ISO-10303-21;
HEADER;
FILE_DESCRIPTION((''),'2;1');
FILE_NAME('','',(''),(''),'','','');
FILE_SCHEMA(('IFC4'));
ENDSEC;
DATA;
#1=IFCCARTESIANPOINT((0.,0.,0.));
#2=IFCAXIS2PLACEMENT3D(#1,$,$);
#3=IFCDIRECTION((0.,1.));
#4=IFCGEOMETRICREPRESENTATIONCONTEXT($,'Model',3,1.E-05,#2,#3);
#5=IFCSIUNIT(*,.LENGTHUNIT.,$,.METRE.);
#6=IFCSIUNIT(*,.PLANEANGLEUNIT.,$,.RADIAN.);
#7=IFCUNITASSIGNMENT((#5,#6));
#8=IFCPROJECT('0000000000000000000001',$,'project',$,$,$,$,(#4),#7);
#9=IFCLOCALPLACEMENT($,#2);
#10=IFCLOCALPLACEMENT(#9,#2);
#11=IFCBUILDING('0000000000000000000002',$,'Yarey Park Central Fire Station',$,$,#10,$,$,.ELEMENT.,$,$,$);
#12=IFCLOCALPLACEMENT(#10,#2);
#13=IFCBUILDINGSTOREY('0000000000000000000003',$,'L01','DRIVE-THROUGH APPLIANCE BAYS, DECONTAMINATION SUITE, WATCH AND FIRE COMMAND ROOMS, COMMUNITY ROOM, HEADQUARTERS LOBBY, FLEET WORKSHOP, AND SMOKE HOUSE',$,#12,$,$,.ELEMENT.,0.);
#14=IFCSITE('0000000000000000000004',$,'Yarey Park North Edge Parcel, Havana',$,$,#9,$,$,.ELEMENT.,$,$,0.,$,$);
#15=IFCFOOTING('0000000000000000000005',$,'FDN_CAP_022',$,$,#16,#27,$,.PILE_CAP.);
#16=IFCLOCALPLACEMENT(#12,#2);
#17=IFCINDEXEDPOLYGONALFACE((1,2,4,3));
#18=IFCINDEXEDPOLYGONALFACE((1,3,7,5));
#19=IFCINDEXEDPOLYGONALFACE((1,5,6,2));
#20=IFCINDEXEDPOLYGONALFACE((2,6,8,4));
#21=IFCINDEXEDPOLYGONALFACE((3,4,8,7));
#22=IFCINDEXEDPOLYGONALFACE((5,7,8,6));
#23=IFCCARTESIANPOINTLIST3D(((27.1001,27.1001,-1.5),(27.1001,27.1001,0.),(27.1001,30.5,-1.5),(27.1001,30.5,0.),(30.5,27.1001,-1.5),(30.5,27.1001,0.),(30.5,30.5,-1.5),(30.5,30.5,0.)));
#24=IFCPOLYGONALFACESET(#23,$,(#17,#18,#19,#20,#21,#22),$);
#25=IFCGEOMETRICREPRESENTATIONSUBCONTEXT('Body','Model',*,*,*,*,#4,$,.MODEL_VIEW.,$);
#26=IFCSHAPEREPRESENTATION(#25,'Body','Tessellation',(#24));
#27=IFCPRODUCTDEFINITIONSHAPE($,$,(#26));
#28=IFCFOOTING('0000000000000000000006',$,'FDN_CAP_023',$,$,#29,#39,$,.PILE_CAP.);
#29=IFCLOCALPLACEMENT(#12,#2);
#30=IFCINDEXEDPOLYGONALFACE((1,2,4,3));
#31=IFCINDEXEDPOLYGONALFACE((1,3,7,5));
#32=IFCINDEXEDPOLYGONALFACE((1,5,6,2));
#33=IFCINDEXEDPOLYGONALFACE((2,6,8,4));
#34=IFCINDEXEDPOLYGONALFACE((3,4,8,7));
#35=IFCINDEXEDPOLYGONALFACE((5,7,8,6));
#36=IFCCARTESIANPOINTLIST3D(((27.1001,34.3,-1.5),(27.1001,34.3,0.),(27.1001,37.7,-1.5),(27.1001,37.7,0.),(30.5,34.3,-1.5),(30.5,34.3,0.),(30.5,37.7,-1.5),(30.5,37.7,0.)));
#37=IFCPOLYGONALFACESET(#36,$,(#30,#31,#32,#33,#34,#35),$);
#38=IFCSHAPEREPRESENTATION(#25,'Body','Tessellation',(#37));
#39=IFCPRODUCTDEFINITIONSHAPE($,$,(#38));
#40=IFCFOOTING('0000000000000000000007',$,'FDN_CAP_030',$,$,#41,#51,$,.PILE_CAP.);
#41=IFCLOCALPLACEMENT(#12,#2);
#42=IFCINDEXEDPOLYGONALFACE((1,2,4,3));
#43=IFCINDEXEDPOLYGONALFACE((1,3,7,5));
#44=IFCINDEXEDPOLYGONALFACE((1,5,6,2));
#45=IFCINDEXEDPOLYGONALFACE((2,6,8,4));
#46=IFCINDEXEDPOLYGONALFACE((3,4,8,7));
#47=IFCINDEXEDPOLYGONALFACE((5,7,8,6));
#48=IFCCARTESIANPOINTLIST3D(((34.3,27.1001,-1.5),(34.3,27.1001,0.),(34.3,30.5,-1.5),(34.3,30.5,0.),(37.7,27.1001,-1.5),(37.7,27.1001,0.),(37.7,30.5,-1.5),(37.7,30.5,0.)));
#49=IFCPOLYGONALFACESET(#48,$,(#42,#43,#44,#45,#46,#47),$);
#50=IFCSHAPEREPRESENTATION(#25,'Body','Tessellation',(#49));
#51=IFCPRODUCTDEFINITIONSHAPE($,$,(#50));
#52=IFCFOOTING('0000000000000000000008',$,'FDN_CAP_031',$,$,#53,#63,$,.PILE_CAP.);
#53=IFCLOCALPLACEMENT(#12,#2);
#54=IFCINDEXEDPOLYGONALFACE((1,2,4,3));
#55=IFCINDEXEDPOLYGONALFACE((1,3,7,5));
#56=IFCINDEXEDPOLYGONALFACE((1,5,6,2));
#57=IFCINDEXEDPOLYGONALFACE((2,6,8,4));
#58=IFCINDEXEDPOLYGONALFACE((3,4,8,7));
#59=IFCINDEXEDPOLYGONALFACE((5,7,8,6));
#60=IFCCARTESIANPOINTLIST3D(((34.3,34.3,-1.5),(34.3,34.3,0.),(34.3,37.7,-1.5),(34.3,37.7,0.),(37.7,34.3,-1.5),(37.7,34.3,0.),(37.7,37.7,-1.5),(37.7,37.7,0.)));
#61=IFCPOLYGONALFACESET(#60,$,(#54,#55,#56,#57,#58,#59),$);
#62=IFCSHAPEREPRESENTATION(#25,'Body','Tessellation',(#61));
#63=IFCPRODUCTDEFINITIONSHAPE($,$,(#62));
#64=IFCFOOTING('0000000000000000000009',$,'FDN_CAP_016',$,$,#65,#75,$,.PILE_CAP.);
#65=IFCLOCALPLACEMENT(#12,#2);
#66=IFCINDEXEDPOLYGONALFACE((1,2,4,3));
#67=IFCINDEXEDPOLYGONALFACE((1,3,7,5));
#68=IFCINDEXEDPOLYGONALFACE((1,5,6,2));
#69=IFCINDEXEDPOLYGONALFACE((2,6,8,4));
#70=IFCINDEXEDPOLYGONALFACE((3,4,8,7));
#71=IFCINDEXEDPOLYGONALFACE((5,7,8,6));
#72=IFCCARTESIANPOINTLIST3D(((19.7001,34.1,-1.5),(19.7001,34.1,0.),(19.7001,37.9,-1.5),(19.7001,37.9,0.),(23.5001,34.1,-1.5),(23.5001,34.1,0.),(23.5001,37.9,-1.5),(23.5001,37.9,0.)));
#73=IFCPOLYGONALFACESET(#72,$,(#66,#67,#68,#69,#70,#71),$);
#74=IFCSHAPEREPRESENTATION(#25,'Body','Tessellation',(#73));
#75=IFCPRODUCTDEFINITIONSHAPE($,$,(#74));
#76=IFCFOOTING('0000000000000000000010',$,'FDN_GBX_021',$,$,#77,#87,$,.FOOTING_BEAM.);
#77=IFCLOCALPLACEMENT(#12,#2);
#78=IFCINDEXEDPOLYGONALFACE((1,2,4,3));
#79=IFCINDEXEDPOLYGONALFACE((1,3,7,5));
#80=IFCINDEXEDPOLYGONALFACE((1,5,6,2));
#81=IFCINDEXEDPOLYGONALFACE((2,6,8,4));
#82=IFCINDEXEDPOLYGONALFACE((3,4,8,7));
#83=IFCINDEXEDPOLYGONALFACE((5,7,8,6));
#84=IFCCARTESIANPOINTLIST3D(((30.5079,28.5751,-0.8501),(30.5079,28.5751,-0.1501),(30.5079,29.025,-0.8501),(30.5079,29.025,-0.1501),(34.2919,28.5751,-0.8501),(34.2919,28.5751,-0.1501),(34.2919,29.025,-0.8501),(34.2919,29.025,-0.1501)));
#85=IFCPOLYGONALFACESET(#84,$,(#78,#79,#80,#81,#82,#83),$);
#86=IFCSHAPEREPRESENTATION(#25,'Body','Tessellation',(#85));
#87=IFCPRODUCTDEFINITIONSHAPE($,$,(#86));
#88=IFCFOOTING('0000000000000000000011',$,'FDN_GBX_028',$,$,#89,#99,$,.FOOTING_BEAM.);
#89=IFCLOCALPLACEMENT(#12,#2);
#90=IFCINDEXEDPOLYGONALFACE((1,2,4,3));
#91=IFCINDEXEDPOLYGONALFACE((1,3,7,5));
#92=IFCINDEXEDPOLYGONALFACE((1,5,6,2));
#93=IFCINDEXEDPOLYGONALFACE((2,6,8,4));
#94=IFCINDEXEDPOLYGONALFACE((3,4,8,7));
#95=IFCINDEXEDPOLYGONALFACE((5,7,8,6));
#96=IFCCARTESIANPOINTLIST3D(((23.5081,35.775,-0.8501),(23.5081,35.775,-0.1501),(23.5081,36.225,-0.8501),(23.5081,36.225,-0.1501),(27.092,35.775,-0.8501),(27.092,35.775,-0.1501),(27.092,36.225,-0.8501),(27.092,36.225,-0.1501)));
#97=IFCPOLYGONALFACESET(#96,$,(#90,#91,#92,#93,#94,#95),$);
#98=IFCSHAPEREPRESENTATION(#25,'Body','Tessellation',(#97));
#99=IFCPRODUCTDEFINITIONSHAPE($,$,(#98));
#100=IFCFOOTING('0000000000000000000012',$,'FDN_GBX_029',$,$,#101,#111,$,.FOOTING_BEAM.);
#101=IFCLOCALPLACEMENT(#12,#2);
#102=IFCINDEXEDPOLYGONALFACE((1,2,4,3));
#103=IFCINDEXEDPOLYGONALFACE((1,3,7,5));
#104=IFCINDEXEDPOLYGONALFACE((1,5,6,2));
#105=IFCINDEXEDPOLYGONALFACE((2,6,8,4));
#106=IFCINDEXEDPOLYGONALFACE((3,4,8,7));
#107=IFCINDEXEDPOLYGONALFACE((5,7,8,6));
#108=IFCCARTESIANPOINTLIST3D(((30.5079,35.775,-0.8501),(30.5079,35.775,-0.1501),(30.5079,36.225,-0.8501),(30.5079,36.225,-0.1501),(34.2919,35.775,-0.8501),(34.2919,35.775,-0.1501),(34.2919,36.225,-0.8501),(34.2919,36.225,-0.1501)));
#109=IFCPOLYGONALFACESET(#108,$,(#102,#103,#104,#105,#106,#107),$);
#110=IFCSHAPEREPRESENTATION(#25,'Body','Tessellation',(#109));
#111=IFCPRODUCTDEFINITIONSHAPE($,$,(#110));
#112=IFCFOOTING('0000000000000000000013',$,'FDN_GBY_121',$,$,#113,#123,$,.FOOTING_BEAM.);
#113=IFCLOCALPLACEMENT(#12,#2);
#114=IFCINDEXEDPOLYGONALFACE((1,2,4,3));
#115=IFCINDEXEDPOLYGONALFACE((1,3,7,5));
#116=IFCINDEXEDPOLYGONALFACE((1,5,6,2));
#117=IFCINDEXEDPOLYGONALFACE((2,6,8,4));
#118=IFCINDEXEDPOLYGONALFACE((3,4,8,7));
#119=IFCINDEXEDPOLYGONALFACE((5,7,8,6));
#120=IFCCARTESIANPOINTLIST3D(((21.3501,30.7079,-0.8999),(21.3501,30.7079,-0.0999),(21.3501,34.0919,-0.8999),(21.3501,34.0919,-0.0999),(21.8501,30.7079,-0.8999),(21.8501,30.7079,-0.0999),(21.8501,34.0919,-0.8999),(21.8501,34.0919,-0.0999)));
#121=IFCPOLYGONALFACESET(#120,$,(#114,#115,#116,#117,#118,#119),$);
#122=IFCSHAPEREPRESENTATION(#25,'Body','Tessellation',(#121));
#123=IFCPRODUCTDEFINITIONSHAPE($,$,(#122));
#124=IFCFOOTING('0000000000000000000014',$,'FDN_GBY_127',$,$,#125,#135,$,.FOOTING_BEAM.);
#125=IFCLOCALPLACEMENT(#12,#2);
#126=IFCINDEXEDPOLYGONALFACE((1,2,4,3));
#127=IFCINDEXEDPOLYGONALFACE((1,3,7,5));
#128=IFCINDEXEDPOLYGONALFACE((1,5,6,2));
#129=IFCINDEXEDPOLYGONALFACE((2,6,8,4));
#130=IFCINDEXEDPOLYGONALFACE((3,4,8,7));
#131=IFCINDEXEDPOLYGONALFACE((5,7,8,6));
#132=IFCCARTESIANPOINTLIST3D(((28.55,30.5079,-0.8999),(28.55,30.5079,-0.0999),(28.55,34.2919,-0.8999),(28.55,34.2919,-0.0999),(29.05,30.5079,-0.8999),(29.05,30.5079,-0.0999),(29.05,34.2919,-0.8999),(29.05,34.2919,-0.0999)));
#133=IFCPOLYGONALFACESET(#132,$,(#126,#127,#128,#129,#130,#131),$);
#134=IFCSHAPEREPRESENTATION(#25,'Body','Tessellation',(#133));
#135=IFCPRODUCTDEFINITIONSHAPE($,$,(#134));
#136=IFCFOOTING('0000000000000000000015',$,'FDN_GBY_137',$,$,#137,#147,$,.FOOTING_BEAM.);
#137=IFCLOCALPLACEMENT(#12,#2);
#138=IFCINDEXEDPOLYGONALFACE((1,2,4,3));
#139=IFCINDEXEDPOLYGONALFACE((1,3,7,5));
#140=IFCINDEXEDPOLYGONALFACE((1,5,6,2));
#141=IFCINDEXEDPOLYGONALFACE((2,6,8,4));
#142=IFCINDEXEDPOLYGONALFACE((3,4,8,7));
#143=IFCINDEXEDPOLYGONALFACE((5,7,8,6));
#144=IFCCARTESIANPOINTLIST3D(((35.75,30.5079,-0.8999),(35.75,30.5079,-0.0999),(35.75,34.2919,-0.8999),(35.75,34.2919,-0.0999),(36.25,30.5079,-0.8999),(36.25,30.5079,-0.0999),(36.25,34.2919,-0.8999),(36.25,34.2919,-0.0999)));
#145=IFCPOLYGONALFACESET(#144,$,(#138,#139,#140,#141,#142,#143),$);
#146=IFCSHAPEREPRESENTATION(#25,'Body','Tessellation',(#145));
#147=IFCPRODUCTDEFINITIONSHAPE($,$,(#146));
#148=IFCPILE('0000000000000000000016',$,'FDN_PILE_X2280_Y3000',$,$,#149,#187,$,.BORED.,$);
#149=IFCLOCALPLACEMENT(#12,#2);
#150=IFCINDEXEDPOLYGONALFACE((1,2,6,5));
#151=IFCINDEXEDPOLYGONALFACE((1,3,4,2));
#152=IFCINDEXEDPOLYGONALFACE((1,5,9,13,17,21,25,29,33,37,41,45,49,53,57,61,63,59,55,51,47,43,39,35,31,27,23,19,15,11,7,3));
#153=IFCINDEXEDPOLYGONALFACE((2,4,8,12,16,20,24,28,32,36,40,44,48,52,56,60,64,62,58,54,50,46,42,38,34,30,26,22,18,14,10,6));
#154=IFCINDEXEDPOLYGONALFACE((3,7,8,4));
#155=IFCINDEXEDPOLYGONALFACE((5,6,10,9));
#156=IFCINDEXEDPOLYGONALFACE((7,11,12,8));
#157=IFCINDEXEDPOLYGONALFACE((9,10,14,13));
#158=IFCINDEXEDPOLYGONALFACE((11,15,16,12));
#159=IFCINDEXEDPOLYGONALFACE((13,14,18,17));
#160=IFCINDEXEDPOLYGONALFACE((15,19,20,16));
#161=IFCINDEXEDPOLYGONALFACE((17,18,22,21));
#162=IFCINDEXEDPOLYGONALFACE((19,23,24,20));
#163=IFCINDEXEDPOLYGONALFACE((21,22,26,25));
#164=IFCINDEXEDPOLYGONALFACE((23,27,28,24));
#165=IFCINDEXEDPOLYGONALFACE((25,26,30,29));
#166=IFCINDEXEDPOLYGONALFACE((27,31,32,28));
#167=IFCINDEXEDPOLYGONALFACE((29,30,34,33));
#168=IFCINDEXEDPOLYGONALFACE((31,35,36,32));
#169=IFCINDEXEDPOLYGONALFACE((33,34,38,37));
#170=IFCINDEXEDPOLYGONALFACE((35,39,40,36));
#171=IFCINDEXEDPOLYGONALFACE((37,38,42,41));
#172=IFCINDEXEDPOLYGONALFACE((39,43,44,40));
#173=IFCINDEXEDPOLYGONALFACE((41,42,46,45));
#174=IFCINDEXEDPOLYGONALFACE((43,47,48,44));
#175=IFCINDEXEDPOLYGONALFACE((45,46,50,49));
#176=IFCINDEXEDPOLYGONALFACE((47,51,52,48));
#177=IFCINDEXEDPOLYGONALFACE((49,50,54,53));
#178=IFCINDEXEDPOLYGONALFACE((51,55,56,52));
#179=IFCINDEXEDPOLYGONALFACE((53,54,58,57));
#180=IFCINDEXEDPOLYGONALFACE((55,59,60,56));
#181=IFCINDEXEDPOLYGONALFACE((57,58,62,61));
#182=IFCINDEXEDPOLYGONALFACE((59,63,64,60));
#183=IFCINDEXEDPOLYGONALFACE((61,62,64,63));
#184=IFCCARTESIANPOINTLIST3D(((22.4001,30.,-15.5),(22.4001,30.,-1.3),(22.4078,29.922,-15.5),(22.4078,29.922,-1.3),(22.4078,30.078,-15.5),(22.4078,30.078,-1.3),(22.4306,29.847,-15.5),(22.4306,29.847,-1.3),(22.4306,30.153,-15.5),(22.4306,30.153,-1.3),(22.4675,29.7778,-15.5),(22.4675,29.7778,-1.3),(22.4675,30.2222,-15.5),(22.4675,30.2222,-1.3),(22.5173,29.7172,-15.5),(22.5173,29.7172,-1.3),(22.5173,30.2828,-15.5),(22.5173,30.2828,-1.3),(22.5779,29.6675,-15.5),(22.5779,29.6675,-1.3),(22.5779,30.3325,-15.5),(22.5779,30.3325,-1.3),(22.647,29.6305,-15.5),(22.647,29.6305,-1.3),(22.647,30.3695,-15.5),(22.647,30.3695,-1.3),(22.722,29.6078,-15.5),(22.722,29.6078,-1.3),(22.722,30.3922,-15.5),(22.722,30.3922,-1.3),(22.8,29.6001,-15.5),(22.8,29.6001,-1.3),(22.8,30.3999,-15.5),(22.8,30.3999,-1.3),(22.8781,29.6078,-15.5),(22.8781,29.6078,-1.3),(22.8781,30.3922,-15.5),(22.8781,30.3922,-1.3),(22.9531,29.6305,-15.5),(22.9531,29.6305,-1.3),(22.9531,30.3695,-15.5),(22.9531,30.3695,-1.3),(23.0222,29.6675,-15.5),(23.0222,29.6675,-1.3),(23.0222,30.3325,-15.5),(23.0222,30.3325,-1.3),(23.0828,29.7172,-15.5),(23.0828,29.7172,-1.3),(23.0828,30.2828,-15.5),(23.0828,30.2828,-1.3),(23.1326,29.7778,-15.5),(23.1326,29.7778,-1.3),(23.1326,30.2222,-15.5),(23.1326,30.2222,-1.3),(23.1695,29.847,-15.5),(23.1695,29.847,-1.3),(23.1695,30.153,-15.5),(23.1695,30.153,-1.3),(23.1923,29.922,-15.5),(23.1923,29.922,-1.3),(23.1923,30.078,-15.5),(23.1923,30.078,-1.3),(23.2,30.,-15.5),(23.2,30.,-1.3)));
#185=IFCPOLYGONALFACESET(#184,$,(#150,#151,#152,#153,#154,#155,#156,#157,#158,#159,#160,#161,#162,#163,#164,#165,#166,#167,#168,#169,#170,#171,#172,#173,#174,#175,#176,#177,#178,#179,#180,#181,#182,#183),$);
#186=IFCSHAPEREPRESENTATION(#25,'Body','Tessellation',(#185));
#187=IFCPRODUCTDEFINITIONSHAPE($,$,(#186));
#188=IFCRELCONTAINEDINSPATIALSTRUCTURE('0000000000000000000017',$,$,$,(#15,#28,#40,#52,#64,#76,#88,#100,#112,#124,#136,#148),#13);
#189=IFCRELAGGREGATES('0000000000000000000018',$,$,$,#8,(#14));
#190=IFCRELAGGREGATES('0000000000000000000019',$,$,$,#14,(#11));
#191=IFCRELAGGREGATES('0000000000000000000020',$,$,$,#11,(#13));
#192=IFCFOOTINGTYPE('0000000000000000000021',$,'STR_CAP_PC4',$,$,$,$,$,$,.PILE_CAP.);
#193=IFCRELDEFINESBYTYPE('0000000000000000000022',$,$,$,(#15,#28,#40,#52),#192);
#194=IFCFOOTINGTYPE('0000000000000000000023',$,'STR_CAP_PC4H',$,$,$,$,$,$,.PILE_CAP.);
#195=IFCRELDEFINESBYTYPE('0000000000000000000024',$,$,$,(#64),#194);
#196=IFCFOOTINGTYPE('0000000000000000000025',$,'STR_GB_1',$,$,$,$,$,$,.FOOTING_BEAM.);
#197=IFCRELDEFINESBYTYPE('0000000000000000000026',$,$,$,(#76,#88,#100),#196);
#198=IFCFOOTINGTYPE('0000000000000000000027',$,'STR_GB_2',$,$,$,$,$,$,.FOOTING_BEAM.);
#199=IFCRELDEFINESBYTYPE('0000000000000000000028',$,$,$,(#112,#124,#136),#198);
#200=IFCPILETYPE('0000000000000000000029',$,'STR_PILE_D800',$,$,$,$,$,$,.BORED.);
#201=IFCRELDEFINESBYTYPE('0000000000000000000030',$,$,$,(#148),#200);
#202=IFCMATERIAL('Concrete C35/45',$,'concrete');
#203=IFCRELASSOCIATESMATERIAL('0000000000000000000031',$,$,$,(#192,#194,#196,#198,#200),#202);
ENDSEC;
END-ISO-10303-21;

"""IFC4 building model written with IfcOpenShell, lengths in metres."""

from ifc_helpers import new_model, si_unit, direction, frame, origin, origin_2d, place, context, subcontext, project, spatial, rectangle, circle, extrude, material, material_profile, profile_set, type_object, element, save


model = new_model("IFC4")

# Units and contexts
model_context = context("Model", 3, precision=1e-05, world=origin(), true_north=direction((0.0, 1.0)))
body_context = subcontext(model_context, "Body", "Model", "MODEL_VIEW")
ifc_project = project(units=[si_unit("LENGTHUNIT", "METRE"), si_unit("PLANEANGLEUNIT", "RADIAN")], contexts=[model_context])

# Site, building, storey
site_placement = place(None, origin())
site = spatial("IfcSite", under=ifc_project, at=site_placement, Name="Yarey Park North Edge Parcel, Havana", CompositionType="ELEMENT", RefElevation=0.0)
building_placement = place(site_placement, origin())
building = spatial("IfcBuilding", under=site, at=building_placement, Name="Yarey Park Central Fire Station", CompositionType="ELEMENT")
storey_placement = place(building_placement, origin())
storey = spatial("IfcBuildingStorey", under=building, at=storey_placement, Name="L01", Description="DRIVE-THROUGH APPLIANCE BAYS, DECONTAMINATION SUITE, WATCH AND FIRE COMMAND ROOMS, COMMUNITY ROOM, HEADQUARTERS LOBBY, FLEET WORKSHOP, AND SMOKE HOUSE", CompositionType="ELEMENT", Elevation=0.0)

# Footings
ifc_material_1 = material(Name="Concrete C35/45", Category="concrete")
footing_type_1 = type_object("IfcFootingType", Name="STR_CAP_PC4", PredefinedType="PILE_CAP", material=ifc_material_1)
for number, where, z_axis, x_axis, name in (
    (1, (28.8, 28.8, -1.5), (0.0, 0.0, 1.0), (1.0, 0.0, 0.0), "FDN_CAP_022"),
    (2, (28.8, 36.0, -1.5), (0.0, 0.0, 1.0), (1.0, 0.0, 0.0), "FDN_CAP_023"),
    (3, (36.0, 28.8, -1.5), (0.0, 0.0, 1.0), (1.0, 0.0, 0.0), "FDN_CAP_030"),
    (4, (36.0, 36.0, -1.5), (0.0, 0.0, 1.0), (1.0, 0.0, 0.0), "FDN_CAP_031"),
):
    element("IfcFooting", number, at=place(storey_placement, frame(where, z_axis=z_axis, x_axis=x_axis)), inside=storey, type_object=footing_type_1, Name=name, PredefinedType="PILE_CAP", context=body_context, shape_type="SweptSolid", body=[
        extrude(rectangle(XDim=3.3999, YDim=3.3999, at=origin_2d()), origin(), (0.0, 0.0, 1.0), 1.5),
    ])
footing_type_2 = type_object("IfcFootingType", Name="STR_CAP_PC4H", PredefinedType="PILE_CAP", material=ifc_material_1)
footing_1_placement = place(storey_placement, frame((21.6001, 36.0, -1.5), z_axis=(0.0, 0.0, 1.0), x_axis=(1.0, 0.0, 0.0)))
element("IfcFooting", 5, at=footing_1_placement, inside=storey, type_object=footing_type_2, Name="FDN_CAP_016", PredefinedType="PILE_CAP", context=body_context, shape_type="SweptSolid", body=[
    extrude(rectangle(XDim=3.8, YDim=3.8, at=origin_2d()), origin(), (0.0, 0.0, 1.0), 1.5),
])
footing_type_3 = type_object("IfcFootingType", Name="STR_GB_1", PredefinedType="FOOTING_BEAM", material=ifc_material_1)
footing_2_placement = place(storey_placement, frame((32.3999, 28.8, -0.8501), z_axis=(0.0, 0.0, 1.0), x_axis=(1.0, 0.0, 0.0)))
element("IfcFooting", 6, at=footing_2_placement, inside=storey, type_object=footing_type_3, Name="FDN_GBX_021", PredefinedType="FOOTING_BEAM", context=body_context, shape_type="SweptSolid", body=[
    extrude(rectangle(XDim=3.7839, YDim=0.45, at=origin_2d()), origin(), (0.0, 0.0, 1.0), 0.7),
])
footing_3_placement = place(storey_placement, frame((25.3, 36.0, -0.8501), z_axis=(0.0, 0.0, 1.0), x_axis=(1.0, 0.0, 0.0)))
element("IfcFooting", 7, at=footing_3_placement, inside=storey, type_object=footing_type_3, Name="FDN_GBX_028", PredefinedType="FOOTING_BEAM", context=body_context, shape_type="SweptSolid", body=[
    extrude(rectangle(XDim=3.584, YDim=0.45, at=origin_2d()), origin(), (0.0, 0.0, 1.0), 0.7),
])
footing_4_placement = place(storey_placement, frame((32.3999, 36.0, -0.8501), z_axis=(0.0, 0.0, 1.0), x_axis=(1.0, 0.0, 0.0)))
element("IfcFooting", 8, at=footing_4_placement, inside=storey, type_object=footing_type_3, Name="FDN_GBX_029", PredefinedType="FOOTING_BEAM", context=body_context, shape_type="SweptSolid", body=[
    extrude(rectangle(XDim=3.7839, YDim=0.45, at=origin_2d()), origin(), (0.0, 0.0, 1.0), 0.7),
])
footing_type_4 = type_object("IfcFootingType", Name="STR_GB_2", PredefinedType="FOOTING_BEAM", material=ifc_material_1)
footing_5_placement = place(storey_placement, frame((21.6001, 32.3999, -0.8999), z_axis=(0.0, 0.0, 1.0), x_axis=(1.0, 0.0, 0.0)))
element("IfcFooting", 9, at=footing_5_placement, inside=storey, type_object=footing_type_4, Name="FDN_GBY_121", PredefinedType="FOOTING_BEAM", context=body_context, shape_type="SweptSolid", body=[
    extrude(rectangle(XDim=0.5, YDim=3.384, at=origin_2d()), origin(), (0.0, 0.0, 1.0), 0.8),
])
for number, where, z_axis, x_axis, name in (
    (10, (28.8, 32.3999, -0.8999), (0.0, 0.0, 1.0), (1.0, 0.0, 0.0), "FDN_GBY_127"),
    (11, (36.0, 32.3999, -0.8999), (0.0, 0.0, 1.0), (1.0, 0.0, 0.0), "FDN_GBY_137"),
):
    element("IfcFooting", number, at=place(storey_placement, frame(where, z_axis=z_axis, x_axis=x_axis)), inside=storey, type_object=footing_type_4, Name=name, PredefinedType="FOOTING_BEAM", context=body_context, shape_type="SweptSolid", body=[
        extrude(rectangle(XDim=0.5, YDim=3.7839, at=origin_2d()), origin(), (0.0, 0.0, 1.0), 0.8),
    ])

# Pile
ifc_material_profile_1 = material_profile(ifc_material_1, circle(Radius=0.3999, at=origin_2d()), Name="BORED PILE D800")
ifc_profile_set_1 = profile_set([ifc_material_profile_1], Name="Concrete C35/45")
pile_type = type_object("IfcPileType", Name="STR_PILE_D800", PredefinedType="BORED", material=ifc_profile_set_1)
for number, where, z_axis, x_axis, name in (
    (12, (22.8, 30.0, -1.3), (0.0, 0.0, -1.0), (1.0, 0.0, 0.0), "FDN_PILE_X2280_Y3000"),
):
    element("IfcPile", number, at=place(storey_placement, frame(where, z_axis=z_axis, x_axis=x_axis)), inside=storey, type_object=pile_type, Name=name, PredefinedType="BORED", context=body_context, shape_type="SweptSolid", body=[
        extrude(circle(Radius=0.3999, at=origin_2d()), origin(), (0.0, 0.0, 1.0), 14.2),
    ])

save(model, "model.ifc")
